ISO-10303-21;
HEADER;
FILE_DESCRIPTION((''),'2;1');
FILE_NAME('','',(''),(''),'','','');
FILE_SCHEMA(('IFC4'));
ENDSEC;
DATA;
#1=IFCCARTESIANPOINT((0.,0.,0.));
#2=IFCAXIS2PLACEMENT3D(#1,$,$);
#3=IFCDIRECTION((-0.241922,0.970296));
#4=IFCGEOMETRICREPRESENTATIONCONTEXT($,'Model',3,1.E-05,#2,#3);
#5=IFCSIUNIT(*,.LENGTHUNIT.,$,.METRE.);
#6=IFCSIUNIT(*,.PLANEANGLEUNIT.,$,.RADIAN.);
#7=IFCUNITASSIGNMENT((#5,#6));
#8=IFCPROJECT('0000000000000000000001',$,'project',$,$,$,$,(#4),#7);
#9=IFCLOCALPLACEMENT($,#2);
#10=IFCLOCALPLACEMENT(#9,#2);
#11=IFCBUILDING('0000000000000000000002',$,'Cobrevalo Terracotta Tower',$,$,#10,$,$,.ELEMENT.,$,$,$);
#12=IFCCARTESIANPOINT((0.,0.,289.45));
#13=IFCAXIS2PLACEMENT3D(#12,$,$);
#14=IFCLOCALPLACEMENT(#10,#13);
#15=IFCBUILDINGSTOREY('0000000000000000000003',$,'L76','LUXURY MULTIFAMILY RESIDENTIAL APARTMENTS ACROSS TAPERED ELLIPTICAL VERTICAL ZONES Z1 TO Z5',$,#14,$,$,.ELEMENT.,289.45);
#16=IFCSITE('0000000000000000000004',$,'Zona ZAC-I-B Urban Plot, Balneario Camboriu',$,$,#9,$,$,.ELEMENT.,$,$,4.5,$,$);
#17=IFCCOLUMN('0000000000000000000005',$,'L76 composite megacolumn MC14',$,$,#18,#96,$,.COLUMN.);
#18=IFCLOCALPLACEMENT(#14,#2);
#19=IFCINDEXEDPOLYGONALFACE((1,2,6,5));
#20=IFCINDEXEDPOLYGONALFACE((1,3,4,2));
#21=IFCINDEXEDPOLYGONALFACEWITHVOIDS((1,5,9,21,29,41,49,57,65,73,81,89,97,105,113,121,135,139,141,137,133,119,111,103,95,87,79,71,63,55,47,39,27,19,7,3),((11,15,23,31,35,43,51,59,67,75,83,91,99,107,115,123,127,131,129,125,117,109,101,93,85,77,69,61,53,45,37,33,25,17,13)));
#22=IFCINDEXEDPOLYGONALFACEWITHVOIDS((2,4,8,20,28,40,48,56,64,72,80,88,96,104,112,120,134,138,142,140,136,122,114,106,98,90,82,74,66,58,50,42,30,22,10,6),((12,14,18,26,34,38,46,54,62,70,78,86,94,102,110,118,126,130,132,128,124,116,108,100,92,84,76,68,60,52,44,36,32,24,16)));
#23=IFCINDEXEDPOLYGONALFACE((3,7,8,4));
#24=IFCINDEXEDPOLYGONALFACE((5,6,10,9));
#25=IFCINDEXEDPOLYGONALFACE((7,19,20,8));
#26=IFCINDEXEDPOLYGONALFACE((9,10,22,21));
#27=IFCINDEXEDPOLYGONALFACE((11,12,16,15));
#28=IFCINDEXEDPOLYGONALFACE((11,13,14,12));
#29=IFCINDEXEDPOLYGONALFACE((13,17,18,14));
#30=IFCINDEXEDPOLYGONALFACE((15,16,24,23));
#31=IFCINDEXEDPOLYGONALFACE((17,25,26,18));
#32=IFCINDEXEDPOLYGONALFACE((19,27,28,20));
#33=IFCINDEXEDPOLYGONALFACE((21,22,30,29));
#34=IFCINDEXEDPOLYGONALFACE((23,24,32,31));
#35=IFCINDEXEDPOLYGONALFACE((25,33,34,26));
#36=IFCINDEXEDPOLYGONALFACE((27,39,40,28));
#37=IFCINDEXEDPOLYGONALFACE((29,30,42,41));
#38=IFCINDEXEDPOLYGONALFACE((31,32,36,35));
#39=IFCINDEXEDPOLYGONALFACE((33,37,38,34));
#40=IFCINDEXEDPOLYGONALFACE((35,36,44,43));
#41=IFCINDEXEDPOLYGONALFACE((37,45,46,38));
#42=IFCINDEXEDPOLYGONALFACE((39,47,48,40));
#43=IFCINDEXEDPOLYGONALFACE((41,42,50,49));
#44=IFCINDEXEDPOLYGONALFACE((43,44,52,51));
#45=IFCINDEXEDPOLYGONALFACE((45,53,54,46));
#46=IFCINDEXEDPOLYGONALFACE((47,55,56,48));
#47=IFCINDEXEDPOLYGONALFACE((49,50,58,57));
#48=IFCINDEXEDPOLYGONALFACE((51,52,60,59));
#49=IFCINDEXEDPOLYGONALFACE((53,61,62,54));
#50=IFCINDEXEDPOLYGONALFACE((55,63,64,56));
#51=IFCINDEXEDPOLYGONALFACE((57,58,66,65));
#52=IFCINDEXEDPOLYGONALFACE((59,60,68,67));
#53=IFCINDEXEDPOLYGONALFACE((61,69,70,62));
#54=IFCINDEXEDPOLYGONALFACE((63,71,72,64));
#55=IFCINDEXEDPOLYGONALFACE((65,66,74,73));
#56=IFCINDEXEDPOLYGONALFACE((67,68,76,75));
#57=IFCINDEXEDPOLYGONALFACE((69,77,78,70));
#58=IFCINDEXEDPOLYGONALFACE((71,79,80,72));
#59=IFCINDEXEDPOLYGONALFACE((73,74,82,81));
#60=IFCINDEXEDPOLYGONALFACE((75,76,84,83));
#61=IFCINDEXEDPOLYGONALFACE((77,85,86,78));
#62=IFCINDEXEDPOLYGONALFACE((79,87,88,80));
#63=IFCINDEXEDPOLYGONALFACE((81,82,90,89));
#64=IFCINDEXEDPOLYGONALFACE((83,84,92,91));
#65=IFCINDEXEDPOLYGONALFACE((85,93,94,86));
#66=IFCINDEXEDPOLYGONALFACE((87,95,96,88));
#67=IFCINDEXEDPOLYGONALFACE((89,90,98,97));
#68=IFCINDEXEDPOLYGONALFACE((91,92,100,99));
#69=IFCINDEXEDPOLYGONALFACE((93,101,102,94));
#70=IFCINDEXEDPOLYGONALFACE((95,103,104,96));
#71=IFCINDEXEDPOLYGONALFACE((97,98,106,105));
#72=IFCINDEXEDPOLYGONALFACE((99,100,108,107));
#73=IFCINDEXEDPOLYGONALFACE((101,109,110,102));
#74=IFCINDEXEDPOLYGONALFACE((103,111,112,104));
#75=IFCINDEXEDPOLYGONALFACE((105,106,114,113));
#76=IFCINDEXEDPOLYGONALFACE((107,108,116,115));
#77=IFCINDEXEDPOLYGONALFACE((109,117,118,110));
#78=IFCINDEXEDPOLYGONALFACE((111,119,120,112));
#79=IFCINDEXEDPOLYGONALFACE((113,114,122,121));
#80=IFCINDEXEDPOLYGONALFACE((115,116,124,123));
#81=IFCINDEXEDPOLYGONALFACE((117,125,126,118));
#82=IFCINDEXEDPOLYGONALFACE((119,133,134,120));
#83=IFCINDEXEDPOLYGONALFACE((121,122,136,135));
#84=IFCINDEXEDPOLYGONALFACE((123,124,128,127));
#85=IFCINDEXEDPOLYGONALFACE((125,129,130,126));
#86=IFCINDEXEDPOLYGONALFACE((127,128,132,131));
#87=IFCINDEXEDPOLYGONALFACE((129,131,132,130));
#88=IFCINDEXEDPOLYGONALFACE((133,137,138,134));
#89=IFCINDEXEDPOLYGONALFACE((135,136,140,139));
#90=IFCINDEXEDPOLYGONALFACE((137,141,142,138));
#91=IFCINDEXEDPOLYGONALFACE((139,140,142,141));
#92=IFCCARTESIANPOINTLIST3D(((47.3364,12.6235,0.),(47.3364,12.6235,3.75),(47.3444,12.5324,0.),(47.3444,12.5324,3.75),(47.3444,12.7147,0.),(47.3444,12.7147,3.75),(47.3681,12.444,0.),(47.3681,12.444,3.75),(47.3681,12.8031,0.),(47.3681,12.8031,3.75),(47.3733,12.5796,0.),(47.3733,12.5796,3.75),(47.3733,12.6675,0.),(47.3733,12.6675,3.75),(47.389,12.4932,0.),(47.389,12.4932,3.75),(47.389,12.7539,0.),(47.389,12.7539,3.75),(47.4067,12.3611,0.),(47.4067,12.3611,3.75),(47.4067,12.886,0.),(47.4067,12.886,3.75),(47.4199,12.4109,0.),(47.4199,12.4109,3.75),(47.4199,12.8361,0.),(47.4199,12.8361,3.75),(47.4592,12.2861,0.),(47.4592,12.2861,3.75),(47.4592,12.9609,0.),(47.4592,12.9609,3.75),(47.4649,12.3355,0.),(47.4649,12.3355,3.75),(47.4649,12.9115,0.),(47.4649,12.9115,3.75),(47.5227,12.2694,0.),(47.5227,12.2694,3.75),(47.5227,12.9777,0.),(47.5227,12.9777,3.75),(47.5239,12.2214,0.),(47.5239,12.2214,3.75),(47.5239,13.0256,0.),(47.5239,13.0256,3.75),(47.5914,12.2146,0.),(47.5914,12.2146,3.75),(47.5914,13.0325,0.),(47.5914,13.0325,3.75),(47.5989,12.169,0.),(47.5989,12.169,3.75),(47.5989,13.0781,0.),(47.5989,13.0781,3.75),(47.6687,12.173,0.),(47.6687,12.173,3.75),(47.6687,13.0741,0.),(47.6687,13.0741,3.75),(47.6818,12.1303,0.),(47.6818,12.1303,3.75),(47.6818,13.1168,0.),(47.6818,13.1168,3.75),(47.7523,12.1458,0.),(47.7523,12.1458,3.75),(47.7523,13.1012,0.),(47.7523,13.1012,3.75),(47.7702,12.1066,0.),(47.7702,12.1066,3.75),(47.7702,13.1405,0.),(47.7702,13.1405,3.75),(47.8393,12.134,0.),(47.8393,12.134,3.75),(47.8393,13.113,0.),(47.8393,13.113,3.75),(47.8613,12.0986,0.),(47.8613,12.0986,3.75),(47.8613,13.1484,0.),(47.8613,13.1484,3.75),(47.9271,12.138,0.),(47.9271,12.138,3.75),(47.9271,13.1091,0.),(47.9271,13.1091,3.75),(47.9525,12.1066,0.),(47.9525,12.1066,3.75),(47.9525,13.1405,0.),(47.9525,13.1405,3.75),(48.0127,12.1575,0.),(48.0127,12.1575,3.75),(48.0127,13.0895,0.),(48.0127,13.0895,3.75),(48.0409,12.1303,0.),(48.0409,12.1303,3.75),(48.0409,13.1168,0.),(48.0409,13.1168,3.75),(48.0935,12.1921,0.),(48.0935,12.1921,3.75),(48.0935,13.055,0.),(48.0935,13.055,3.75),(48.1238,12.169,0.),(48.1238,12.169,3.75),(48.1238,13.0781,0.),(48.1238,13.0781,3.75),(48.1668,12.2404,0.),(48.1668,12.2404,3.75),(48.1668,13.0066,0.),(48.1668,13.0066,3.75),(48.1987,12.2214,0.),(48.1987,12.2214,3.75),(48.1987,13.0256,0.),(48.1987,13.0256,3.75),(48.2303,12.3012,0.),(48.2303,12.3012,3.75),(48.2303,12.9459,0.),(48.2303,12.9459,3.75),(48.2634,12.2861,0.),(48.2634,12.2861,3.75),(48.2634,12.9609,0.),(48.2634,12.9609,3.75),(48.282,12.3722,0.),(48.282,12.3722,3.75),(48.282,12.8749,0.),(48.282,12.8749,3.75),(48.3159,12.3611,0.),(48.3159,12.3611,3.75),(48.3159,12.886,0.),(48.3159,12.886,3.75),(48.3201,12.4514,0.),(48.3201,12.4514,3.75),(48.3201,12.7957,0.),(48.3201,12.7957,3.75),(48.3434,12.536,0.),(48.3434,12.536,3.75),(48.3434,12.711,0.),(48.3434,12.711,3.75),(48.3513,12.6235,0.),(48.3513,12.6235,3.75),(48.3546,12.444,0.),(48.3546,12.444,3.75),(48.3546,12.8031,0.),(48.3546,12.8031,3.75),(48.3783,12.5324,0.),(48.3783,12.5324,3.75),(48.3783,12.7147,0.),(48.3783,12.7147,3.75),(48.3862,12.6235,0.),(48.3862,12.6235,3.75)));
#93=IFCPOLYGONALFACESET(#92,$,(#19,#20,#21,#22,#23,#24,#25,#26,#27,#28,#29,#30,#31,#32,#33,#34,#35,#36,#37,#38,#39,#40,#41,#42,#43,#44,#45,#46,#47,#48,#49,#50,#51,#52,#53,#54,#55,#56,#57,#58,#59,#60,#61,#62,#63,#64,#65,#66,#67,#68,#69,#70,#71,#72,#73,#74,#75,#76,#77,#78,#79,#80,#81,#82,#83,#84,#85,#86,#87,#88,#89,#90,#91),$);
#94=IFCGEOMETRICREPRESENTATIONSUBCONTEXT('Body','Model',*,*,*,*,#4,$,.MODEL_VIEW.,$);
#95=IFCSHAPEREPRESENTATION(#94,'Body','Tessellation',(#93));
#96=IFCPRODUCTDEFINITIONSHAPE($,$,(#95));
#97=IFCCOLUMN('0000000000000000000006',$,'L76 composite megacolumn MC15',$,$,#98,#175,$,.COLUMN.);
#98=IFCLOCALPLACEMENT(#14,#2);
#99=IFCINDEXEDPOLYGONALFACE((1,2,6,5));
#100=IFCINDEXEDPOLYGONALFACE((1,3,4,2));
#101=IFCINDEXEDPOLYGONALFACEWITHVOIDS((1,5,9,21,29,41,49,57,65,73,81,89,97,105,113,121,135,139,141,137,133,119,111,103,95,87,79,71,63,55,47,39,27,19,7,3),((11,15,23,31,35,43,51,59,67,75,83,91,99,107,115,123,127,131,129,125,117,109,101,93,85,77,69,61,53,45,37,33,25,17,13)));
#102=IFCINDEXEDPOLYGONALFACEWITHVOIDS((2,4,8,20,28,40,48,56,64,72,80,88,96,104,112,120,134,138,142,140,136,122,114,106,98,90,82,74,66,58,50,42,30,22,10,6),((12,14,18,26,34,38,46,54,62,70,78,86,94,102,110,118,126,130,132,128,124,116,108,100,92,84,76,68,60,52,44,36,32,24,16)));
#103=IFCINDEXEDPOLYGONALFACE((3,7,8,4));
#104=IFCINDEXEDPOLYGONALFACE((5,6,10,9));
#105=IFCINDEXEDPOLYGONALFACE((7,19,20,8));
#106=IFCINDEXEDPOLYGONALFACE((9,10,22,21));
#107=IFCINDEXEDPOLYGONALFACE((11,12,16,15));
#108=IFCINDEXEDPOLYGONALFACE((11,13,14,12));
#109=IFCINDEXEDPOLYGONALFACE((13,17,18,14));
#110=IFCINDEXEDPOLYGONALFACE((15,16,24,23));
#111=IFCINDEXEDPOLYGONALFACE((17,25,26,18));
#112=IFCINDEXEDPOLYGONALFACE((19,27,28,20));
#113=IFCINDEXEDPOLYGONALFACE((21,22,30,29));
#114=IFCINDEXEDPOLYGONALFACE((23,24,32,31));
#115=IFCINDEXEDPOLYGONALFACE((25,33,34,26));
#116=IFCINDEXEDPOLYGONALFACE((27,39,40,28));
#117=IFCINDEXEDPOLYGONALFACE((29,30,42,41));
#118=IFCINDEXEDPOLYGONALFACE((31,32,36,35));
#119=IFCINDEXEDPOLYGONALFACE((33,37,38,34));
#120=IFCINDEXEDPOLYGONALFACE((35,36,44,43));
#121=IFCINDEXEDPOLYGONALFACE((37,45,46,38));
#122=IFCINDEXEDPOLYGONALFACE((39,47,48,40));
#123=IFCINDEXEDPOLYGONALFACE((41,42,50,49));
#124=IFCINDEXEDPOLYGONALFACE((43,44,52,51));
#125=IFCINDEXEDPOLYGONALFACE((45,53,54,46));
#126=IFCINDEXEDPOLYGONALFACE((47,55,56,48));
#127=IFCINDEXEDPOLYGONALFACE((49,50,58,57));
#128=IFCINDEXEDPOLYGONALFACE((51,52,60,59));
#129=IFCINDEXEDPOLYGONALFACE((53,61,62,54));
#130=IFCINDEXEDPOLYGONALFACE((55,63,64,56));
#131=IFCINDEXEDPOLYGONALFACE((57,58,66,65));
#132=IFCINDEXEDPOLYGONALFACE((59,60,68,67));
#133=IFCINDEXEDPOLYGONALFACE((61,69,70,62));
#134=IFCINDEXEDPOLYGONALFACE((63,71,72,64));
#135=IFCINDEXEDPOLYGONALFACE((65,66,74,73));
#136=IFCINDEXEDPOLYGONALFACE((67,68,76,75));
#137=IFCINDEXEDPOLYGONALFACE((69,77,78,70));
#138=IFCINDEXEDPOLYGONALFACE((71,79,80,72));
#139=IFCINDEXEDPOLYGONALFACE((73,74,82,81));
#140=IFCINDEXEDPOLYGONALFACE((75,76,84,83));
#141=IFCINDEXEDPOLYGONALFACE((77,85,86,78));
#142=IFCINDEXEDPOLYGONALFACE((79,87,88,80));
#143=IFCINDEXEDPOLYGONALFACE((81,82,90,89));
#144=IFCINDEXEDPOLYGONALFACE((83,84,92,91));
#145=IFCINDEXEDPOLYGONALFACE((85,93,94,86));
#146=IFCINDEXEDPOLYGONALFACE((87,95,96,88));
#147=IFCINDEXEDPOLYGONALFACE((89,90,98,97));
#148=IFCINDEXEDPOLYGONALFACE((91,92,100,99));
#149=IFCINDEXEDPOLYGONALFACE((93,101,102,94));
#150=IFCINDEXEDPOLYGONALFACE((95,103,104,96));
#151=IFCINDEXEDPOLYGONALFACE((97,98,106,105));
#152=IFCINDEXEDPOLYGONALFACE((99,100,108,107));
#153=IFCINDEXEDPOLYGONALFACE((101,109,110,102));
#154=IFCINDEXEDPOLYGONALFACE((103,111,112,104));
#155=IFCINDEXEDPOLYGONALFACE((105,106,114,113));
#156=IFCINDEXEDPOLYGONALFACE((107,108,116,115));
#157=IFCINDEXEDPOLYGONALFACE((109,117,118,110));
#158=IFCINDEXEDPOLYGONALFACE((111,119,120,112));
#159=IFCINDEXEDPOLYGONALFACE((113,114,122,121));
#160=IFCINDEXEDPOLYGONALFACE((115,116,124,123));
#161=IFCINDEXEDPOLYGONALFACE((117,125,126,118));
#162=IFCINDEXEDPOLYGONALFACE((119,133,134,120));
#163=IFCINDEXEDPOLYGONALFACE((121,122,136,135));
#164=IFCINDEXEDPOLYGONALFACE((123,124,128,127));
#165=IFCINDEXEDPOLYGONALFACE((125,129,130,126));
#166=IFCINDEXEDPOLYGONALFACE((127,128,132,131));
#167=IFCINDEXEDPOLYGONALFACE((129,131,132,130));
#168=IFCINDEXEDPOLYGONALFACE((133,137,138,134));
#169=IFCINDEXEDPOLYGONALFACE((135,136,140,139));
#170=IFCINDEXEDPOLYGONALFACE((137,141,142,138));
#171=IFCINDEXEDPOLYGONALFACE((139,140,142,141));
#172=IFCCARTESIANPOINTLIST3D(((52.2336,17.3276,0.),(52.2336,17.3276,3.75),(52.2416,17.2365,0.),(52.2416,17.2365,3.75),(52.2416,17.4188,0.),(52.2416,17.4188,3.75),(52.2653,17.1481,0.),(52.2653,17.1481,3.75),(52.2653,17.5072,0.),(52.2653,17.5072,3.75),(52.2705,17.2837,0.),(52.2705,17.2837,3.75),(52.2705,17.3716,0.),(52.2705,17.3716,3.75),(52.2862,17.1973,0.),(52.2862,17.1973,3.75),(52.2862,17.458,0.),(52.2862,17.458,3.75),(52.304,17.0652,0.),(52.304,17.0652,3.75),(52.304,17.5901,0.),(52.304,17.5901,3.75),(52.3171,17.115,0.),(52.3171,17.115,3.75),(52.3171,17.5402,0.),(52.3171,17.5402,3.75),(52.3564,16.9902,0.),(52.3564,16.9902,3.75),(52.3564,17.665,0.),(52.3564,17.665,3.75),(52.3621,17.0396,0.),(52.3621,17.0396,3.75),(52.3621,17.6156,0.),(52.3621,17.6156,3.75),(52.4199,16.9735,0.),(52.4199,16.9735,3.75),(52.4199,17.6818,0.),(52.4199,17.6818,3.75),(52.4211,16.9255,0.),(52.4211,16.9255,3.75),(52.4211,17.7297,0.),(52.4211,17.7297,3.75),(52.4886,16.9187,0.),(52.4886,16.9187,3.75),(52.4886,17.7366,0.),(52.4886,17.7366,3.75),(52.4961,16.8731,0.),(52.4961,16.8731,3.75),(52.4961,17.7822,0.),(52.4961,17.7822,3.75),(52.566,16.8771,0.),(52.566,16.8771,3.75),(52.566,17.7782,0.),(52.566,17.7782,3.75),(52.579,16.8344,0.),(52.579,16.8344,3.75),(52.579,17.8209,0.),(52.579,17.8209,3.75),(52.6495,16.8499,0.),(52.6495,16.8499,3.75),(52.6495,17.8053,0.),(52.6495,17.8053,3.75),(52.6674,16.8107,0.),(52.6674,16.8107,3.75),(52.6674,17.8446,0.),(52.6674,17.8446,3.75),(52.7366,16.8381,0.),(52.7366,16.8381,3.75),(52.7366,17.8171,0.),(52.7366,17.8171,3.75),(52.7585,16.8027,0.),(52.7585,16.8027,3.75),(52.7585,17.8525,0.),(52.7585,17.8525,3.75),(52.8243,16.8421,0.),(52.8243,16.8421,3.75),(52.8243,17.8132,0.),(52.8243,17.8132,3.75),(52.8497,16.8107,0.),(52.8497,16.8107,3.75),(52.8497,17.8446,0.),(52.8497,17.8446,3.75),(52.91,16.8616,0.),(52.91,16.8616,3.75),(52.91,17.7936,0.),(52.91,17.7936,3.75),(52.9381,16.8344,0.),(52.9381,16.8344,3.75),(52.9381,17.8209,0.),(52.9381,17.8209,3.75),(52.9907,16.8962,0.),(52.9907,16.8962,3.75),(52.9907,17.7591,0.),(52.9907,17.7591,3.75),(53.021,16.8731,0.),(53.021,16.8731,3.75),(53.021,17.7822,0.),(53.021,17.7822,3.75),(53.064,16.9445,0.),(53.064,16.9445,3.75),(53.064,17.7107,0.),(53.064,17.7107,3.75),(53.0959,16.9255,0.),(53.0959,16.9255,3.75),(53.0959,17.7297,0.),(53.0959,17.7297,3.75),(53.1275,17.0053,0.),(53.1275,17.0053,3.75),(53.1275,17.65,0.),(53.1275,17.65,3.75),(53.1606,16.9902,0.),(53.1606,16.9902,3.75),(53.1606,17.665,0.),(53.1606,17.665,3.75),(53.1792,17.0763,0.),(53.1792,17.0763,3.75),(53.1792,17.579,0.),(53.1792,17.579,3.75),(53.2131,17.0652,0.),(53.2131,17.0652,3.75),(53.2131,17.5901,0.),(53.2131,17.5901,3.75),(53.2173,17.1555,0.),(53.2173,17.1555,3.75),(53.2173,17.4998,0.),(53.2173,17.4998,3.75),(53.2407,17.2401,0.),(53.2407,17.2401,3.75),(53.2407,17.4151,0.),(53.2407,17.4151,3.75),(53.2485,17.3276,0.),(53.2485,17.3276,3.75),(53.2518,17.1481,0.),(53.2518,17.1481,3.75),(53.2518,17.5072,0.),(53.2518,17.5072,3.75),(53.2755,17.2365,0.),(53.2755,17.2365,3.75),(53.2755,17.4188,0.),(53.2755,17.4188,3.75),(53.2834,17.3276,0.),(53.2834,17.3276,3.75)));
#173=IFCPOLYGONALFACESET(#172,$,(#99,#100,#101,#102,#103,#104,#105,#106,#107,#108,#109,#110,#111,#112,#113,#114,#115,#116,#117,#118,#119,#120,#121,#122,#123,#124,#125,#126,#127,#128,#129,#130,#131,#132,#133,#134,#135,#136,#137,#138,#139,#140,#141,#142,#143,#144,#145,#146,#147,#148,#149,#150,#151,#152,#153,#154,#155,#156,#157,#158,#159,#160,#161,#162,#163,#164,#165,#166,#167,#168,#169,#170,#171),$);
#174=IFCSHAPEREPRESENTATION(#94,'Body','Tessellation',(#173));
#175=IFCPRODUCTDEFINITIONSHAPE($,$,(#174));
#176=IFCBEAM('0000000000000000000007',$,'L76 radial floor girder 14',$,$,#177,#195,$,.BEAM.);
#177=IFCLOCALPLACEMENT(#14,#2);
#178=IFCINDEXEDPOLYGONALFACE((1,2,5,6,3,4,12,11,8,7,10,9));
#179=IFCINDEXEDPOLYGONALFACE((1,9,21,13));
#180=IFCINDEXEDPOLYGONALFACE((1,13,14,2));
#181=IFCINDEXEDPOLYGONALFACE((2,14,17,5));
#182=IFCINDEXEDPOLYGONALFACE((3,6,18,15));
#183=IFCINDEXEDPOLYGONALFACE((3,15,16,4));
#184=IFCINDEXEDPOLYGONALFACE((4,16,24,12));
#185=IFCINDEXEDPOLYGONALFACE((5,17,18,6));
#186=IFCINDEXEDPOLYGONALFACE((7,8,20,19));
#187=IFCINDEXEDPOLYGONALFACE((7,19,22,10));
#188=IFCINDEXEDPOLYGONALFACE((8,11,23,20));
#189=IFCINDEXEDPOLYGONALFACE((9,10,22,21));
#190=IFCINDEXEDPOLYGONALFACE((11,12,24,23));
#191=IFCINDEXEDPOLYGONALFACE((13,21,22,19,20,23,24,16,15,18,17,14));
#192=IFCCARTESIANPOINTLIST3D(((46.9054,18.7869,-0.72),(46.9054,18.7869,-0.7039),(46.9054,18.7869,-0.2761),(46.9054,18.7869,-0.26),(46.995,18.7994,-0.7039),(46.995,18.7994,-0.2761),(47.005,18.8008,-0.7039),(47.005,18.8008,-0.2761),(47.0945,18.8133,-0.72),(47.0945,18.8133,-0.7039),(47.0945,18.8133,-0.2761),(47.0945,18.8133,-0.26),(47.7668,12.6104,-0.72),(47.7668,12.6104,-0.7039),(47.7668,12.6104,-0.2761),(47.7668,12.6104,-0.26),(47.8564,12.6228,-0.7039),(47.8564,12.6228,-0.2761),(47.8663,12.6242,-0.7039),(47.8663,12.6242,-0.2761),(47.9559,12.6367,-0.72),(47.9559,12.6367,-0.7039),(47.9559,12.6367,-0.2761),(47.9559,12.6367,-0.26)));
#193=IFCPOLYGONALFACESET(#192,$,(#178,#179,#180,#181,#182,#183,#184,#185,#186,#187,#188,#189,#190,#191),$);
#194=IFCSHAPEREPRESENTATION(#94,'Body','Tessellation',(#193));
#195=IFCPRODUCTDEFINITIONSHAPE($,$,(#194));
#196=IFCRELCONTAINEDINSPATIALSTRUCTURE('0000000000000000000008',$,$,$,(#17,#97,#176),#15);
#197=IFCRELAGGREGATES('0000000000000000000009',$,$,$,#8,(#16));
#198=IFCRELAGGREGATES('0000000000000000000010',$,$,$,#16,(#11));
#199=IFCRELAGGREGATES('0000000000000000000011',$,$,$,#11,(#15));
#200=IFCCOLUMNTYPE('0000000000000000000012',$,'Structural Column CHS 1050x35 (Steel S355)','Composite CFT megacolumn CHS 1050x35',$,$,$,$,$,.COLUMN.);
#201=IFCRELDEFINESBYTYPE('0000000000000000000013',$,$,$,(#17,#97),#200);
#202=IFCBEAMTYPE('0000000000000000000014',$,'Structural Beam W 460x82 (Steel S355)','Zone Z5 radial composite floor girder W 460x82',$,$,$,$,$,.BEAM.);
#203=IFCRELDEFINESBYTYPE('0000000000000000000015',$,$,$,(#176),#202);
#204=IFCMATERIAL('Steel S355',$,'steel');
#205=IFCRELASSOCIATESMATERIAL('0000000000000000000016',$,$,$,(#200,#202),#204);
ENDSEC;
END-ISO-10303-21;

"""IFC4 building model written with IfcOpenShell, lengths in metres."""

from ifc_helpers import new_model, si_unit, direction, frame, origin, origin_2d, place, context, subcontext, project, spatial, hollow_circle, i_section, extrude, material, material_profile, profile_set, type_object, element, save


model = new_model("IFC4")

# Units and contexts
model_context = context("Model", 3, precision=1e-05, world=origin(), true_north=direction((-0.241922, 0.970296)))
body_context = subcontext(model_context, "Body", "Model", "MODEL_VIEW")
ifc_project = project(units=[si_unit("LENGTHUNIT", "METRE"), si_unit("PLANEANGLEUNIT", "RADIAN")], contexts=[model_context])

# Site, building, storey
site_placement = place(None, origin())
site = spatial("IfcSite", under=ifc_project, at=site_placement, Name="Zona ZAC-I-B Urban Plot, Balneario Camboriu", CompositionType="ELEMENT", RefElevation=4.5)
building_placement = place(site_placement, origin())
building = spatial("IfcBuilding", under=site, at=building_placement, Name="Cobrevalo Terracotta Tower", CompositionType="ELEMENT")
storey_placement = place(building_placement, frame((0.0, 0.0, 289.45)))
storey = spatial("IfcBuildingStorey", under=building, at=storey_placement, Name="L76", Description="LUXURY MULTIFAMILY RESIDENTIAL APARTMENTS ACROSS TAPERED ELLIPTICAL VERTICAL ZONES Z1 TO Z5", CompositionType="ELEMENT", Elevation=289.45)

# Columns
ifc_material_1 = material(Name="Steel S355", Category="steel")
ifc_material_profile_1 = material_profile(ifc_material_1, hollow_circle(Radius=0.5249, WallThickness=0.0349, at=origin_2d()), Name="CHS 1050x35")
ifc_profile_set_1 = profile_set([ifc_material_profile_1], Name="Steel S355")
column_type = type_object("IfcColumnType", Name="Structural Column CHS 1050x35 (Steel S355)", Description="Composite CFT megacolumn CHS 1050x35", PredefinedType="COLUMN", material=ifc_profile_set_1)
for number, where, z_axis, x_axis, name in (
    (1, (47.8613, 12.6235, 0.0), (0.0, 0.0, 1.0), (1.0, 0.0, 0.0), "L76 composite megacolumn MC14"),
    (2, (52.7585, 17.3276, 0.0), (0.0, 0.0, 1.0), (1.0, 0.0, 0.0), "L76 composite megacolumn MC15"),
):
    element("IfcColumn", number, at=place(storey_placement, frame(where, z_axis=z_axis, x_axis=x_axis)), inside=storey, type_object=column_type, Name=name, PredefinedType="COLUMN", context=body_context, shape_type="SweptSolid", body=[
        extrude(hollow_circle(Radius=0.5249, WallThickness=0.0349, at=origin_2d()), origin(), (0.0, 0.0, 1.0), 3.75),
    ])

# Beam
ifc_material_profile_2 = material_profile(ifc_material_1, i_section(OverallWidth=0.1909, OverallDepth=0.46, WebThickness=0.01, FlangeThickness=0.0161, at=origin_2d()), Name="W 460x82")
ifc_profile_set_2 = profile_set([ifc_material_profile_2], Name="Steel S355")
beam_type_1 = type_object("IfcBeamType", Name="Structural Beam W 460x82 (Steel S355)", Description="Zone Z5 radial composite floor girder W 460x82", PredefinedType="BEAM", material=ifc_profile_set_2)
beam_1_placement = place(storey_placement, frame((47.8613, 12.6235, -0.49), z_axis=(-0.138116, 0.990416, 0.0), x_axis=(-0.990416, -0.138116, 0.0)))
element("IfcBeam", 3, at=beam_1_placement, inside=storey, type_object=beam_type_1, Name="L76 radial floor girder 14", PredefinedType="BEAM", context=body_context, shape_type="SweptSolid", body=[
    extrude(i_section(OverallWidth=0.1909, OverallDepth=0.46, WebThickness=0.01, FlangeThickness=0.0161, at=origin_2d()), origin(), (0.0, 0.0, 1.0), 6.2363),
])

save(model, "model.ifc")
